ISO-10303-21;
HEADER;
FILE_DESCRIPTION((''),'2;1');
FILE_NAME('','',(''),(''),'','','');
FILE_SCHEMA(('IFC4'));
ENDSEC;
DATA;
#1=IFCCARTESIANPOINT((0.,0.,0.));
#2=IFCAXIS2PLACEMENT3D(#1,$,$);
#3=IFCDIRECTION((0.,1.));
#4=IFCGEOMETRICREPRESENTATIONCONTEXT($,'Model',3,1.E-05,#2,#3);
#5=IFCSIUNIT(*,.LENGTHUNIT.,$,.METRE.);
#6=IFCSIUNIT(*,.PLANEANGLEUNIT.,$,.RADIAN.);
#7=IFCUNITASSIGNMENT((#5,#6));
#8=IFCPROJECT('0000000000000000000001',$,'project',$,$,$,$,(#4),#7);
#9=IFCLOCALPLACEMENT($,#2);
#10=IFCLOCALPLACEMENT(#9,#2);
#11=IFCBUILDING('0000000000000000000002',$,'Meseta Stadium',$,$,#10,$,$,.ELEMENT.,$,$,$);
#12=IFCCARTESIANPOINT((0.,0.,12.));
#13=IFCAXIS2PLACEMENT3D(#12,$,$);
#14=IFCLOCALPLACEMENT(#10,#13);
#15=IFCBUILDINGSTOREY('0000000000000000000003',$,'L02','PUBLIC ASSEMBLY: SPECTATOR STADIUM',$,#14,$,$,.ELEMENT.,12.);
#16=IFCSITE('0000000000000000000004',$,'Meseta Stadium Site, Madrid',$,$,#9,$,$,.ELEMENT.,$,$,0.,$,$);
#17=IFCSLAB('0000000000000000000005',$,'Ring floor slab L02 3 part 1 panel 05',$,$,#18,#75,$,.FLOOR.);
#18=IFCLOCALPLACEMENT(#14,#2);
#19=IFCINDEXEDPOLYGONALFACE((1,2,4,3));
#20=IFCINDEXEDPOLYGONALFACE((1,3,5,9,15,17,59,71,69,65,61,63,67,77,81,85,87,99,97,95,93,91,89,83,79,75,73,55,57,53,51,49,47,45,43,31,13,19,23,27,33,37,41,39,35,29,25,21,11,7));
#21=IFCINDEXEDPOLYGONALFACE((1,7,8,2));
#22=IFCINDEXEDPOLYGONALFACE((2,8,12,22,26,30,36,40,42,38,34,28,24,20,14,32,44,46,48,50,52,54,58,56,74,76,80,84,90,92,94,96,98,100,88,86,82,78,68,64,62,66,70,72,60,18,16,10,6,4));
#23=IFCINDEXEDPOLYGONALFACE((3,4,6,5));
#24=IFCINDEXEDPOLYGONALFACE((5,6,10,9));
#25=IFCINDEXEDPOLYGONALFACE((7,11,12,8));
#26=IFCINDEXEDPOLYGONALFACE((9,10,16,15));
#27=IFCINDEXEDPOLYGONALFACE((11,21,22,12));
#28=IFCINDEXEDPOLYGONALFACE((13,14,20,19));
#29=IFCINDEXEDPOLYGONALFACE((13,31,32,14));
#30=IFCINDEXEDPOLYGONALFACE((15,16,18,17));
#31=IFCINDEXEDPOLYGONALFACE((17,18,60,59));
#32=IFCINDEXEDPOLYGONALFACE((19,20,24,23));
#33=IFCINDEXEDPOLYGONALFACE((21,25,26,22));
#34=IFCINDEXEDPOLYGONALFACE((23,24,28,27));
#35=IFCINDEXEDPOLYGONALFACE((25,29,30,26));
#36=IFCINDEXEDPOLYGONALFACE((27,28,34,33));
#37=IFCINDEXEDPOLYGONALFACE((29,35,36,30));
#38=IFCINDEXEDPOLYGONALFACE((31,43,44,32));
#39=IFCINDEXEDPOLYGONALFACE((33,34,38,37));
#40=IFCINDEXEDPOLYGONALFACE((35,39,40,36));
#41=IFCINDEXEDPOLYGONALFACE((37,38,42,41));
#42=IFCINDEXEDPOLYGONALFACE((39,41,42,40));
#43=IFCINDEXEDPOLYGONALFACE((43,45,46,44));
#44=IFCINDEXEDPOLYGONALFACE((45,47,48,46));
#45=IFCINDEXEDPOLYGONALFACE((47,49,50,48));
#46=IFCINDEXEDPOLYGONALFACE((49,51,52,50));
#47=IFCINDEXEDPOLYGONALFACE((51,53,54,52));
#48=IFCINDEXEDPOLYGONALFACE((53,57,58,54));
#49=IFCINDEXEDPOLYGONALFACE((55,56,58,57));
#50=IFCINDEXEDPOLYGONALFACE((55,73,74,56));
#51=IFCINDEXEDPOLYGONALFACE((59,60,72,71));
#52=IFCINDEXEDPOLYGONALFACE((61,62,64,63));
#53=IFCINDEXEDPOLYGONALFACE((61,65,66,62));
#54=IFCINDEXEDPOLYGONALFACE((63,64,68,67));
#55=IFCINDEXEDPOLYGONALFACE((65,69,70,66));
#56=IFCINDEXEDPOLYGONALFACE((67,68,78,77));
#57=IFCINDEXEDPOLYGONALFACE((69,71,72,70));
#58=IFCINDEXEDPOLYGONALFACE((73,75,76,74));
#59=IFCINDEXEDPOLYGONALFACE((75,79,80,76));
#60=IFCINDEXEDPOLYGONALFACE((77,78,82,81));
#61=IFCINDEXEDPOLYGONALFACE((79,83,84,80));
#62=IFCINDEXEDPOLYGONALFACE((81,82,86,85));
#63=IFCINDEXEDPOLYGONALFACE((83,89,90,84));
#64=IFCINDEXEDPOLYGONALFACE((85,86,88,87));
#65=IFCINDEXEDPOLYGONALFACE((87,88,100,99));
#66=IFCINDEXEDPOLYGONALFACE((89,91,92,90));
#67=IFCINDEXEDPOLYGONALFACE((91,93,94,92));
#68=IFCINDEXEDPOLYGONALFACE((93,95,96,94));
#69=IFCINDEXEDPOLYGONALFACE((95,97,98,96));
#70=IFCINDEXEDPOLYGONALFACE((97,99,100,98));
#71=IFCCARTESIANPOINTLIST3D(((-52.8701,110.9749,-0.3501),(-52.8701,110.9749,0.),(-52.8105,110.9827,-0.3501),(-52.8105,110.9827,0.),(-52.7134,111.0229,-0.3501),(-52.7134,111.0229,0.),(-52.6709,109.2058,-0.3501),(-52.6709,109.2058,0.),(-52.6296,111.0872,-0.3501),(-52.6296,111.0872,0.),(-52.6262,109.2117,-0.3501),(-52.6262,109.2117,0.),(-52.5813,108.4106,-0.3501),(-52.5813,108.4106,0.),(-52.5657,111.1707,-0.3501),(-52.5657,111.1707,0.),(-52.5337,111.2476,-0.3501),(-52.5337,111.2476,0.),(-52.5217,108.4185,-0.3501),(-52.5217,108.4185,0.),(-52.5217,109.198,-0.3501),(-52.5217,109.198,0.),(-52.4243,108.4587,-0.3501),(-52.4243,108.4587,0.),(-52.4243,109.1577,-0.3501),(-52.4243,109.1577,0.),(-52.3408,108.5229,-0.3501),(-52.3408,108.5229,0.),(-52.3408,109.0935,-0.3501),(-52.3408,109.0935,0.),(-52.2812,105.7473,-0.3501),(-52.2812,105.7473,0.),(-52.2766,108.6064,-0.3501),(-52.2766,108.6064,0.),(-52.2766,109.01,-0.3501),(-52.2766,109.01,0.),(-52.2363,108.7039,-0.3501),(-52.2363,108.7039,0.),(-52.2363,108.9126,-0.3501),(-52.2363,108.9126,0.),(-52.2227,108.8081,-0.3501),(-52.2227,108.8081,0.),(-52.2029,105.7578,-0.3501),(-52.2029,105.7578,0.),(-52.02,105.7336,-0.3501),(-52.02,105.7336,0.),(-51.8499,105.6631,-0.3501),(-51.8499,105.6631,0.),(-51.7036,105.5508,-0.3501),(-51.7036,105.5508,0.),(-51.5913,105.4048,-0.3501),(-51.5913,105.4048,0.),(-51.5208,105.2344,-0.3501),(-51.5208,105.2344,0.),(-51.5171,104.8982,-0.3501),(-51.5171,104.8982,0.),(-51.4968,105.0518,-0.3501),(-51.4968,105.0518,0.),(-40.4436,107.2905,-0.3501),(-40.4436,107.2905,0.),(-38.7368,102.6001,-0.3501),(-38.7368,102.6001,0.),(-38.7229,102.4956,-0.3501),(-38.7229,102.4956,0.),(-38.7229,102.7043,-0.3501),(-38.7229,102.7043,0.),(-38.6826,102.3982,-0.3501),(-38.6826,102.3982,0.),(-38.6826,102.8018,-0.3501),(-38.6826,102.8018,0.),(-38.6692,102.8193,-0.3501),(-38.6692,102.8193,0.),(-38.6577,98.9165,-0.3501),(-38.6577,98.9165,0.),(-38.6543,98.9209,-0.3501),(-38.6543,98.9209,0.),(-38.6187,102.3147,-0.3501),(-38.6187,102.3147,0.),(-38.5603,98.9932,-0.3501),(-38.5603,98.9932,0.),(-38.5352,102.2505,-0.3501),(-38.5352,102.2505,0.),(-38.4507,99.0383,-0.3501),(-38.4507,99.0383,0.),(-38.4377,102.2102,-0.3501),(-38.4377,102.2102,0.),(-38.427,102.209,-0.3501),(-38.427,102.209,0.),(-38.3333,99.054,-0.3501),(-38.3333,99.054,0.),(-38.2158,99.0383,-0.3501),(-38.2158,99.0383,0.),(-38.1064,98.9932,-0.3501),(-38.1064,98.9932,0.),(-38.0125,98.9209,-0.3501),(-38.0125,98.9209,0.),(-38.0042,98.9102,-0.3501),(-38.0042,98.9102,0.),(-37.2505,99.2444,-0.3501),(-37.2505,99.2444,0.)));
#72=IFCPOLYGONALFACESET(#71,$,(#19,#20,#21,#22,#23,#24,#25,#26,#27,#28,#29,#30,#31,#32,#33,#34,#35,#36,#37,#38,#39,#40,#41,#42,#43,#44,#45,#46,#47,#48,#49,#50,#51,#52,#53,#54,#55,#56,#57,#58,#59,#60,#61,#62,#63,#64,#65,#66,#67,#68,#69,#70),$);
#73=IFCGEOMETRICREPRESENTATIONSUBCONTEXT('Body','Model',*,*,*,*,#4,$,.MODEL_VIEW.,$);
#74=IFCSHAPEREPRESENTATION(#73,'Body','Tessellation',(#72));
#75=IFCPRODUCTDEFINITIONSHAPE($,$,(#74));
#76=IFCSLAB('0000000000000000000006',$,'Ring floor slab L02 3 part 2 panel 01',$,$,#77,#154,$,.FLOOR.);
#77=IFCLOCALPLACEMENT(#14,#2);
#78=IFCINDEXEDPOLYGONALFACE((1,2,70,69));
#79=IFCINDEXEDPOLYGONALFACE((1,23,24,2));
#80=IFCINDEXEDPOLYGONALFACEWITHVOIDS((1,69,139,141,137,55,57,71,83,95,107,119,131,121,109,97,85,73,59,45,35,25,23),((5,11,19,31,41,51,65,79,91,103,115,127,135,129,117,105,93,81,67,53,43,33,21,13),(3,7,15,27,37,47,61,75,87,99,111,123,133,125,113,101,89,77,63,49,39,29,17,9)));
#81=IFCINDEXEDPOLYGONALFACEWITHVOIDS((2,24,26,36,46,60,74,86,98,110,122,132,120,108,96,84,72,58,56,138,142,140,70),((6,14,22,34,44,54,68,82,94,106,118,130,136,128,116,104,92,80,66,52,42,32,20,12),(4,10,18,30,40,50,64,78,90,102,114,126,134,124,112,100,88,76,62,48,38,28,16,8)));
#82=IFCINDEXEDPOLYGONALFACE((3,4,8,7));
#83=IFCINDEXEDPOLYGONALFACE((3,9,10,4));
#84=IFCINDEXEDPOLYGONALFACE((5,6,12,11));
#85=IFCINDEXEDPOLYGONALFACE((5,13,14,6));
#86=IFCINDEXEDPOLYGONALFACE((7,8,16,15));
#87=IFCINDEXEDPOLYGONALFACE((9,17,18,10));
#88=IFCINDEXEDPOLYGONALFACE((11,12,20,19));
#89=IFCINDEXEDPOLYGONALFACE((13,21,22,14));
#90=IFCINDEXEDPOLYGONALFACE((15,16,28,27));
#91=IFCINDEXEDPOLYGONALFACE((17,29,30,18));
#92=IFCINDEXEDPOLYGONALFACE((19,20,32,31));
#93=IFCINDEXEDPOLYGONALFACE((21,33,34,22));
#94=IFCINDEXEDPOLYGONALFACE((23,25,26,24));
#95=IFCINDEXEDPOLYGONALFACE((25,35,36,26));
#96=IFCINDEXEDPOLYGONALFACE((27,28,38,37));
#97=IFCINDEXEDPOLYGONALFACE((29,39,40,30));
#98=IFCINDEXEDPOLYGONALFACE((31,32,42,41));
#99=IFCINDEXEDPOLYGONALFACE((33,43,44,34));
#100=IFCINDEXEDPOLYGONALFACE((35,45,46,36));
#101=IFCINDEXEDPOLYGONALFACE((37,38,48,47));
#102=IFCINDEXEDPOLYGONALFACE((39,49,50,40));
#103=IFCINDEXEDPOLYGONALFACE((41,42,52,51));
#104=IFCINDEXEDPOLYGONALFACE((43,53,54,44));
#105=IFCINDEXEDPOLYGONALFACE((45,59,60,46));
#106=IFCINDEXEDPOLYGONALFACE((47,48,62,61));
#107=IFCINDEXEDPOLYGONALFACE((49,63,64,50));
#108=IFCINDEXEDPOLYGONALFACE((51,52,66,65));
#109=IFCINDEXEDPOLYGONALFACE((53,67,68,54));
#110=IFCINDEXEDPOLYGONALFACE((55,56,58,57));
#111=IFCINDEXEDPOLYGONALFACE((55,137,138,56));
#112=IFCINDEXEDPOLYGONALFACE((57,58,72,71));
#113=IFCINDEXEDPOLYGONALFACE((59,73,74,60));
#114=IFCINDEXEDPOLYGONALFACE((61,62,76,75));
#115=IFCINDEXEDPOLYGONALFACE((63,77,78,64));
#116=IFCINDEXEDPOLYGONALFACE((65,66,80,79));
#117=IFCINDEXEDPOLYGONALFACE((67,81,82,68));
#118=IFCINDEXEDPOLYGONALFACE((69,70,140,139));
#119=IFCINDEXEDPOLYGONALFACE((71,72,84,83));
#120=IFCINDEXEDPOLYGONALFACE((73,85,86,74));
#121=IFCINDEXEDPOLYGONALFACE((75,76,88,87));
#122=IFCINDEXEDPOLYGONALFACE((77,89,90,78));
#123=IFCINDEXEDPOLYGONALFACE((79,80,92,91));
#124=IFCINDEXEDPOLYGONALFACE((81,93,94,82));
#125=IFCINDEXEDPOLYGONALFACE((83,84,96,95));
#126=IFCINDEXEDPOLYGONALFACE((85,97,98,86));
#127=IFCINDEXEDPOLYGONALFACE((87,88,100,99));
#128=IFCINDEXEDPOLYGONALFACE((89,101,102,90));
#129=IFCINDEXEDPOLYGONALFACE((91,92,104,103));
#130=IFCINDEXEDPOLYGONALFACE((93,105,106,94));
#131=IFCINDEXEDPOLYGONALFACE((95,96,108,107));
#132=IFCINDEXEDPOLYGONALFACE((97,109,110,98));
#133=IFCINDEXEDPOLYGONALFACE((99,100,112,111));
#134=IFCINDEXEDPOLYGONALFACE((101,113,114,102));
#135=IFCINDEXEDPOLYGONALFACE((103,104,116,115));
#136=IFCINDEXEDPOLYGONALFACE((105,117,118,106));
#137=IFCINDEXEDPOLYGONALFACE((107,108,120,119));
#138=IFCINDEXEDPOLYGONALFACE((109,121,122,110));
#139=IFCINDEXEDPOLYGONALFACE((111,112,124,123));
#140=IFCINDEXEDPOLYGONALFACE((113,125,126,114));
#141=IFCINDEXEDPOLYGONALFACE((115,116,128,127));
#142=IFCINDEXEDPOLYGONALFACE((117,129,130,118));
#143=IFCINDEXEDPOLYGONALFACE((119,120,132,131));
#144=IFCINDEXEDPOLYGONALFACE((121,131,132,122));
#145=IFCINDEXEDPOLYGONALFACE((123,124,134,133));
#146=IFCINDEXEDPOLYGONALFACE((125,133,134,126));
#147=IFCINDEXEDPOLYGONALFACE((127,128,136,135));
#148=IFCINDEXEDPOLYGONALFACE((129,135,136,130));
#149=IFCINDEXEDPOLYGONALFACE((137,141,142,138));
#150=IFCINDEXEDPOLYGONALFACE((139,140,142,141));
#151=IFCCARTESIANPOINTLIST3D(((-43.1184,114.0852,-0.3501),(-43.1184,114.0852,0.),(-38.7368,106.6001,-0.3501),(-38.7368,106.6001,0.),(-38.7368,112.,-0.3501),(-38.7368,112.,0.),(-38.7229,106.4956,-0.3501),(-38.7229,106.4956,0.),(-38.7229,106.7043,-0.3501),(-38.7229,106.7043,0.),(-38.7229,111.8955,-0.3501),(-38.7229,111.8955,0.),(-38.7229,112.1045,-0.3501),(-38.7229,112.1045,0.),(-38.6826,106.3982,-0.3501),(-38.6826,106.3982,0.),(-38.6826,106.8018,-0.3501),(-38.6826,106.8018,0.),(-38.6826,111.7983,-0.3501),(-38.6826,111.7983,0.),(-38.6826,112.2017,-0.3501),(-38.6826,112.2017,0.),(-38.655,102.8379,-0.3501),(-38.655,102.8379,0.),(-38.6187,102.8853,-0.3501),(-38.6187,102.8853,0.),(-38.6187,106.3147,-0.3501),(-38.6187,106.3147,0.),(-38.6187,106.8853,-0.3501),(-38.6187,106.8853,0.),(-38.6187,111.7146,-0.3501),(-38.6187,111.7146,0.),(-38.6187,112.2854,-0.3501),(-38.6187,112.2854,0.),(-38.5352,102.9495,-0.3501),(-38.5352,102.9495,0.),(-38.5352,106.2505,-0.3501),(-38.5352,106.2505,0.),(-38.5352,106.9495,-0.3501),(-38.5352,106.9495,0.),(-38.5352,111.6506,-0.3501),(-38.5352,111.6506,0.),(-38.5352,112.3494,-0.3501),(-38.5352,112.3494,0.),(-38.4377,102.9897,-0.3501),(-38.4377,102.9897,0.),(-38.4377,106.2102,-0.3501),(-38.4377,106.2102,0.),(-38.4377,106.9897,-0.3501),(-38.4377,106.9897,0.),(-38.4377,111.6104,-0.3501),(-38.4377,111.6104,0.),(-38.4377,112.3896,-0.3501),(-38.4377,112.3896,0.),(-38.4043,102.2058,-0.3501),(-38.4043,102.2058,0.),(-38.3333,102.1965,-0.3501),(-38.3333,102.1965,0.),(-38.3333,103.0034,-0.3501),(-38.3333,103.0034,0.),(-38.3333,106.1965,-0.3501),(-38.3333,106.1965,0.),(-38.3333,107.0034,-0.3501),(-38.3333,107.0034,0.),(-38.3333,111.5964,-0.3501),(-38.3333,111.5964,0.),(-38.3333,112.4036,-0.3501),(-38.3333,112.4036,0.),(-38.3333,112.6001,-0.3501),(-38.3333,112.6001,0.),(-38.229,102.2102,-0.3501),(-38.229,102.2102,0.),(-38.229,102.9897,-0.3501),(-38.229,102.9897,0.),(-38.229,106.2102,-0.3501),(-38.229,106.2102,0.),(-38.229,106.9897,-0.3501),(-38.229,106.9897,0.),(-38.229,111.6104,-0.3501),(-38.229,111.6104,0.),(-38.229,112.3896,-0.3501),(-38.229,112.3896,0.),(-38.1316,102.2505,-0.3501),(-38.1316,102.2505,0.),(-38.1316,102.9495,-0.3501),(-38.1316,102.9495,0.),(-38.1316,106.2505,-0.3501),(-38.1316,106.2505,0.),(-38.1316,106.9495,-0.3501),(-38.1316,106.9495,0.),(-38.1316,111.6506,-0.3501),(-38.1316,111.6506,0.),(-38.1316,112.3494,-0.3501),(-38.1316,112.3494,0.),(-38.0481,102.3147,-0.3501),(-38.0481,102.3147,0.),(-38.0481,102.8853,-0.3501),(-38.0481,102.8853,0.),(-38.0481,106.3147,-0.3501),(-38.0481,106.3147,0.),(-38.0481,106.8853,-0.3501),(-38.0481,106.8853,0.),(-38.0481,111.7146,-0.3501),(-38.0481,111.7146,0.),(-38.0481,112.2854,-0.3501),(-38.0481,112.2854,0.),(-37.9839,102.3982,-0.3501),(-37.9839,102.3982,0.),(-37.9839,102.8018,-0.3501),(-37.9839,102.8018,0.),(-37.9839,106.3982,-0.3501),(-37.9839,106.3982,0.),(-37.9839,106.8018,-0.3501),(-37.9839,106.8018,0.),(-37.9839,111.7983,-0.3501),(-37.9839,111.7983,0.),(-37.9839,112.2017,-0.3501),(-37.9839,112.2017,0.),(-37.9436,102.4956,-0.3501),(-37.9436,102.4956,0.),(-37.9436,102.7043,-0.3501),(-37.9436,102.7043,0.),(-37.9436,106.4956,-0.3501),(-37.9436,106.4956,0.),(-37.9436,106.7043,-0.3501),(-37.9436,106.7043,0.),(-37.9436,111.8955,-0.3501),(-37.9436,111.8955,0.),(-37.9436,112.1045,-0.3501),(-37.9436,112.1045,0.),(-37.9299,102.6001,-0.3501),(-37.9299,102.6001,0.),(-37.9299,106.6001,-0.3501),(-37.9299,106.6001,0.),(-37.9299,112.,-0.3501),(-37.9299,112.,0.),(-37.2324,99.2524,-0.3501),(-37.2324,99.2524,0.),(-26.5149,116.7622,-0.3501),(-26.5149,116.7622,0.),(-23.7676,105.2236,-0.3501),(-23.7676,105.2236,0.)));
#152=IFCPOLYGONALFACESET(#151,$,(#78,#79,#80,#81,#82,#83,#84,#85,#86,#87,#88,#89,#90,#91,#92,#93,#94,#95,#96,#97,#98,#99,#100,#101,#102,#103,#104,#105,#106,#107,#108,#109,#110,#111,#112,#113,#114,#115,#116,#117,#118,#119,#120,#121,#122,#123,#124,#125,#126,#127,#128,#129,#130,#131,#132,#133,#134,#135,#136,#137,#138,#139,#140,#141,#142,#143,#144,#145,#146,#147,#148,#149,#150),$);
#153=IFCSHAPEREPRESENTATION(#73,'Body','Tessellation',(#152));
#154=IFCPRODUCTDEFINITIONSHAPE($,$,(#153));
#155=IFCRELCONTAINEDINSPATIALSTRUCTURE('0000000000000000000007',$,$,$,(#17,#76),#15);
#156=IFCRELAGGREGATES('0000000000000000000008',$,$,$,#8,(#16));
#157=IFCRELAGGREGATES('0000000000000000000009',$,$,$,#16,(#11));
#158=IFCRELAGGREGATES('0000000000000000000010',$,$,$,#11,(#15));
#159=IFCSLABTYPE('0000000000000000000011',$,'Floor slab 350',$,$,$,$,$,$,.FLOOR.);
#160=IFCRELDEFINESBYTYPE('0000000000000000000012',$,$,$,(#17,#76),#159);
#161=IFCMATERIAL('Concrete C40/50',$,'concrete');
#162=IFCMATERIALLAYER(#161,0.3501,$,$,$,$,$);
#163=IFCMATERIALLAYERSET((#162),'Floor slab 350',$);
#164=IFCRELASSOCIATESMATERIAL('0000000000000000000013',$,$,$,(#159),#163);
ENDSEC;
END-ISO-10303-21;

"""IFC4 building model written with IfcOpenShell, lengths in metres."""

from ifc_helpers import new_model, si_unit, direction, frame, origin, place, context, subcontext, project, spatial, polyline, outline, extrude, material, layer, layer_set, type_object, element, save


model = new_model("IFC4")

# Units and contexts
model_context = context("Model", 3, precision=1e-05, world=origin(), true_north=direction((0.0, 1.0)))
body_context = subcontext(model_context, "Body", "Model", "MODEL_VIEW")
ifc_project = project(units=[si_unit("LENGTHUNIT", "METRE"), si_unit("PLANEANGLEUNIT", "RADIAN")], contexts=[model_context])

# Site, building, storey
site_placement = place(None, origin())
site = spatial("IfcSite", under=ifc_project, at=site_placement, Name="Meseta Stadium Site, Madrid", CompositionType="ELEMENT", RefElevation=0.0)
building_placement = place(site_placement, origin())
building = spatial("IfcBuilding", under=site, at=building_placement, Name="Meseta Stadium", CompositionType="ELEMENT")
storey_placement = place(building_placement, frame((0.0, 0.0, 12.0)))
storey = spatial("IfcBuildingStorey", under=building, at=storey_placement, Name="L02", Description="PUBLIC ASSEMBLY: SPECTATOR STADIUM", CompositionType="ELEMENT", Elevation=12.0)

# Slabs
ifc_material_1 = material(Name="Concrete C40/50", Category="concrete")
ifc_layer_1 = layer(ifc_material_1, 0.3501)
ifc_layer_set_1 = layer_set([ifc_layer_1], Name="Floor slab 350")
slab_type_1 = type_object("IfcSlabType", Name="Floor slab 350", PredefinedType="FLOOR", material=ifc_layer_set_1)
slab_1_placement = place(storey_placement, frame((0.0, 0.0, -0.3501)))
element("IfcSlab", 1, at=slab_1_placement, inside=storey, type_object=slab_type_1, Name="Ring floor slab L02 3 part 1 panel 05", PredefinedType="FLOOR", context=body_context, shape_type="SweptSolid", body=[
    extrude(outline(polyline([(-38.7229, 102.4956), (-38.7368, 102.6001), (-38.7229, 102.7043), (-38.6826, 102.8018), (-38.6692, 102.8193), (-40.4436, 107.2905), (-52.5337, 111.2476), (-52.5657, 111.1707), (-52.6296, 111.0872), (-52.7134, 111.0229), (-52.8105, 110.9827), (-52.8701, 110.9749), (-52.6709, 109.2058), (-52.6262, 109.2117), (-52.5217, 109.198), (-52.4243, 109.1577), (-52.3408, 109.0935), (-52.2766, 109.01), (-52.2363, 108.9126), (-52.2227, 108.8081), (-52.2363, 108.7039), (-52.2766, 108.6064), (-52.3408, 108.5229), (-52.4243, 108.4587), (-52.5217, 108.4185), (-52.5813, 108.4106), (-52.2812, 105.7473), (-52.2029, 105.7578), (-52.02, 105.7336), (-51.8499, 105.6631), (-51.7036, 105.5508), (-51.5913, 105.4048), (-51.5208, 105.2344), (-51.4968, 105.0518), (-51.5171, 104.8982), (-38.6577, 98.9165), (-38.6543, 98.9209), (-38.5603, 98.9932), (-38.4507, 99.0383), (-38.3333, 99.054), (-38.2158, 99.0383), (-38.1064, 98.9932), (-38.0125, 98.9209), (-38.0042, 98.9102), (-37.2505, 99.2444), (-38.427, 102.209), (-38.4377, 102.2102), (-38.5352, 102.2505), (-38.6187, 102.3147), (-38.6826, 102.3982), (-38.7229, 102.4956)])), origin(), (0.0, 0.0, 1.0), 0.3501),
])
slab_2_placement = place(storey_placement, frame((0.0, 0.0, -0.3501)))
element("IfcSlab", 2, at=slab_2_placement, inside=storey, type_object=slab_type_1, Name="Ring floor slab L02 3 part 2 panel 01", PredefinedType="FLOOR", context=body_context, shape_type="SweptSolid", body=[
    extrude(outline(polyline([(-38.3333, 102.1965), (-38.4043, 102.2058), (-37.2324, 99.2524), (-23.7676, 105.2236), (-26.5149, 116.7622), (-38.3333, 112.6001), (-43.1184, 114.0852), (-38.655, 102.8379), (-38.6187, 102.8853), (-38.5352, 102.9495), (-38.4377, 102.9897), (-38.3333, 103.0034), (-38.229, 102.9897), (-38.1316, 102.9495), (-38.0481, 102.8853), (-37.9839, 102.8018), (-37.9436, 102.7043), (-37.9299, 102.6001), (-37.9436, 102.4956), (-37.9839, 102.3982), (-38.0481, 102.3147), (-38.1316, 102.2505), (-38.229, 102.2102), (-38.3333, 102.1965)]), holes=[polyline([(-38.7229, 106.4956), (-38.7368, 106.6001), (-38.7229, 106.7043), (-38.6826, 106.8018), (-38.6187, 106.8853), (-38.5352, 106.9495), (-38.4377, 106.9897), (-38.3333, 107.0034), (-38.229, 106.9897), (-38.1316, 106.9495), (-38.0481, 106.8853), (-37.9839, 106.8018), (-37.9436, 106.7043), (-37.9299, 106.6001), (-37.9436, 106.4956), (-37.9839, 106.3982), (-38.0481, 106.3147), (-38.1316, 106.2505), (-38.229, 106.2102), (-38.3333, 106.1965), (-38.4377, 106.2102), (-38.5352, 106.2505), (-38.6187, 106.3147), (-38.6826, 106.3982), (-38.7229, 106.4956)]), polyline([(-38.0481, 111.7146), (-38.1316, 111.6506), (-38.229, 111.6104), (-38.3333, 111.5964), (-38.4377, 111.6104), (-38.5352, 111.6506), (-38.6187, 111.7146), (-38.6826, 111.7983), (-38.7229, 111.8955), (-38.7368, 112.0), (-38.7229, 112.1045), (-38.6826, 112.2017), (-38.6187, 112.2854), (-38.5352, 112.3494), (-38.4377, 112.3896), (-38.3333, 112.4036), (-38.229, 112.3896), (-38.1316, 112.3494), (-38.0481, 112.2854), (-37.9839, 112.2017), (-37.9436, 112.1045), (-37.9299, 112.0), (-37.9436, 111.8955), (-37.9839, 111.7983), (-38.0481, 111.7146)])]), origin(), (0.0, 0.0, 1.0), 0.3501),
])

save(model, "model.ifc")
